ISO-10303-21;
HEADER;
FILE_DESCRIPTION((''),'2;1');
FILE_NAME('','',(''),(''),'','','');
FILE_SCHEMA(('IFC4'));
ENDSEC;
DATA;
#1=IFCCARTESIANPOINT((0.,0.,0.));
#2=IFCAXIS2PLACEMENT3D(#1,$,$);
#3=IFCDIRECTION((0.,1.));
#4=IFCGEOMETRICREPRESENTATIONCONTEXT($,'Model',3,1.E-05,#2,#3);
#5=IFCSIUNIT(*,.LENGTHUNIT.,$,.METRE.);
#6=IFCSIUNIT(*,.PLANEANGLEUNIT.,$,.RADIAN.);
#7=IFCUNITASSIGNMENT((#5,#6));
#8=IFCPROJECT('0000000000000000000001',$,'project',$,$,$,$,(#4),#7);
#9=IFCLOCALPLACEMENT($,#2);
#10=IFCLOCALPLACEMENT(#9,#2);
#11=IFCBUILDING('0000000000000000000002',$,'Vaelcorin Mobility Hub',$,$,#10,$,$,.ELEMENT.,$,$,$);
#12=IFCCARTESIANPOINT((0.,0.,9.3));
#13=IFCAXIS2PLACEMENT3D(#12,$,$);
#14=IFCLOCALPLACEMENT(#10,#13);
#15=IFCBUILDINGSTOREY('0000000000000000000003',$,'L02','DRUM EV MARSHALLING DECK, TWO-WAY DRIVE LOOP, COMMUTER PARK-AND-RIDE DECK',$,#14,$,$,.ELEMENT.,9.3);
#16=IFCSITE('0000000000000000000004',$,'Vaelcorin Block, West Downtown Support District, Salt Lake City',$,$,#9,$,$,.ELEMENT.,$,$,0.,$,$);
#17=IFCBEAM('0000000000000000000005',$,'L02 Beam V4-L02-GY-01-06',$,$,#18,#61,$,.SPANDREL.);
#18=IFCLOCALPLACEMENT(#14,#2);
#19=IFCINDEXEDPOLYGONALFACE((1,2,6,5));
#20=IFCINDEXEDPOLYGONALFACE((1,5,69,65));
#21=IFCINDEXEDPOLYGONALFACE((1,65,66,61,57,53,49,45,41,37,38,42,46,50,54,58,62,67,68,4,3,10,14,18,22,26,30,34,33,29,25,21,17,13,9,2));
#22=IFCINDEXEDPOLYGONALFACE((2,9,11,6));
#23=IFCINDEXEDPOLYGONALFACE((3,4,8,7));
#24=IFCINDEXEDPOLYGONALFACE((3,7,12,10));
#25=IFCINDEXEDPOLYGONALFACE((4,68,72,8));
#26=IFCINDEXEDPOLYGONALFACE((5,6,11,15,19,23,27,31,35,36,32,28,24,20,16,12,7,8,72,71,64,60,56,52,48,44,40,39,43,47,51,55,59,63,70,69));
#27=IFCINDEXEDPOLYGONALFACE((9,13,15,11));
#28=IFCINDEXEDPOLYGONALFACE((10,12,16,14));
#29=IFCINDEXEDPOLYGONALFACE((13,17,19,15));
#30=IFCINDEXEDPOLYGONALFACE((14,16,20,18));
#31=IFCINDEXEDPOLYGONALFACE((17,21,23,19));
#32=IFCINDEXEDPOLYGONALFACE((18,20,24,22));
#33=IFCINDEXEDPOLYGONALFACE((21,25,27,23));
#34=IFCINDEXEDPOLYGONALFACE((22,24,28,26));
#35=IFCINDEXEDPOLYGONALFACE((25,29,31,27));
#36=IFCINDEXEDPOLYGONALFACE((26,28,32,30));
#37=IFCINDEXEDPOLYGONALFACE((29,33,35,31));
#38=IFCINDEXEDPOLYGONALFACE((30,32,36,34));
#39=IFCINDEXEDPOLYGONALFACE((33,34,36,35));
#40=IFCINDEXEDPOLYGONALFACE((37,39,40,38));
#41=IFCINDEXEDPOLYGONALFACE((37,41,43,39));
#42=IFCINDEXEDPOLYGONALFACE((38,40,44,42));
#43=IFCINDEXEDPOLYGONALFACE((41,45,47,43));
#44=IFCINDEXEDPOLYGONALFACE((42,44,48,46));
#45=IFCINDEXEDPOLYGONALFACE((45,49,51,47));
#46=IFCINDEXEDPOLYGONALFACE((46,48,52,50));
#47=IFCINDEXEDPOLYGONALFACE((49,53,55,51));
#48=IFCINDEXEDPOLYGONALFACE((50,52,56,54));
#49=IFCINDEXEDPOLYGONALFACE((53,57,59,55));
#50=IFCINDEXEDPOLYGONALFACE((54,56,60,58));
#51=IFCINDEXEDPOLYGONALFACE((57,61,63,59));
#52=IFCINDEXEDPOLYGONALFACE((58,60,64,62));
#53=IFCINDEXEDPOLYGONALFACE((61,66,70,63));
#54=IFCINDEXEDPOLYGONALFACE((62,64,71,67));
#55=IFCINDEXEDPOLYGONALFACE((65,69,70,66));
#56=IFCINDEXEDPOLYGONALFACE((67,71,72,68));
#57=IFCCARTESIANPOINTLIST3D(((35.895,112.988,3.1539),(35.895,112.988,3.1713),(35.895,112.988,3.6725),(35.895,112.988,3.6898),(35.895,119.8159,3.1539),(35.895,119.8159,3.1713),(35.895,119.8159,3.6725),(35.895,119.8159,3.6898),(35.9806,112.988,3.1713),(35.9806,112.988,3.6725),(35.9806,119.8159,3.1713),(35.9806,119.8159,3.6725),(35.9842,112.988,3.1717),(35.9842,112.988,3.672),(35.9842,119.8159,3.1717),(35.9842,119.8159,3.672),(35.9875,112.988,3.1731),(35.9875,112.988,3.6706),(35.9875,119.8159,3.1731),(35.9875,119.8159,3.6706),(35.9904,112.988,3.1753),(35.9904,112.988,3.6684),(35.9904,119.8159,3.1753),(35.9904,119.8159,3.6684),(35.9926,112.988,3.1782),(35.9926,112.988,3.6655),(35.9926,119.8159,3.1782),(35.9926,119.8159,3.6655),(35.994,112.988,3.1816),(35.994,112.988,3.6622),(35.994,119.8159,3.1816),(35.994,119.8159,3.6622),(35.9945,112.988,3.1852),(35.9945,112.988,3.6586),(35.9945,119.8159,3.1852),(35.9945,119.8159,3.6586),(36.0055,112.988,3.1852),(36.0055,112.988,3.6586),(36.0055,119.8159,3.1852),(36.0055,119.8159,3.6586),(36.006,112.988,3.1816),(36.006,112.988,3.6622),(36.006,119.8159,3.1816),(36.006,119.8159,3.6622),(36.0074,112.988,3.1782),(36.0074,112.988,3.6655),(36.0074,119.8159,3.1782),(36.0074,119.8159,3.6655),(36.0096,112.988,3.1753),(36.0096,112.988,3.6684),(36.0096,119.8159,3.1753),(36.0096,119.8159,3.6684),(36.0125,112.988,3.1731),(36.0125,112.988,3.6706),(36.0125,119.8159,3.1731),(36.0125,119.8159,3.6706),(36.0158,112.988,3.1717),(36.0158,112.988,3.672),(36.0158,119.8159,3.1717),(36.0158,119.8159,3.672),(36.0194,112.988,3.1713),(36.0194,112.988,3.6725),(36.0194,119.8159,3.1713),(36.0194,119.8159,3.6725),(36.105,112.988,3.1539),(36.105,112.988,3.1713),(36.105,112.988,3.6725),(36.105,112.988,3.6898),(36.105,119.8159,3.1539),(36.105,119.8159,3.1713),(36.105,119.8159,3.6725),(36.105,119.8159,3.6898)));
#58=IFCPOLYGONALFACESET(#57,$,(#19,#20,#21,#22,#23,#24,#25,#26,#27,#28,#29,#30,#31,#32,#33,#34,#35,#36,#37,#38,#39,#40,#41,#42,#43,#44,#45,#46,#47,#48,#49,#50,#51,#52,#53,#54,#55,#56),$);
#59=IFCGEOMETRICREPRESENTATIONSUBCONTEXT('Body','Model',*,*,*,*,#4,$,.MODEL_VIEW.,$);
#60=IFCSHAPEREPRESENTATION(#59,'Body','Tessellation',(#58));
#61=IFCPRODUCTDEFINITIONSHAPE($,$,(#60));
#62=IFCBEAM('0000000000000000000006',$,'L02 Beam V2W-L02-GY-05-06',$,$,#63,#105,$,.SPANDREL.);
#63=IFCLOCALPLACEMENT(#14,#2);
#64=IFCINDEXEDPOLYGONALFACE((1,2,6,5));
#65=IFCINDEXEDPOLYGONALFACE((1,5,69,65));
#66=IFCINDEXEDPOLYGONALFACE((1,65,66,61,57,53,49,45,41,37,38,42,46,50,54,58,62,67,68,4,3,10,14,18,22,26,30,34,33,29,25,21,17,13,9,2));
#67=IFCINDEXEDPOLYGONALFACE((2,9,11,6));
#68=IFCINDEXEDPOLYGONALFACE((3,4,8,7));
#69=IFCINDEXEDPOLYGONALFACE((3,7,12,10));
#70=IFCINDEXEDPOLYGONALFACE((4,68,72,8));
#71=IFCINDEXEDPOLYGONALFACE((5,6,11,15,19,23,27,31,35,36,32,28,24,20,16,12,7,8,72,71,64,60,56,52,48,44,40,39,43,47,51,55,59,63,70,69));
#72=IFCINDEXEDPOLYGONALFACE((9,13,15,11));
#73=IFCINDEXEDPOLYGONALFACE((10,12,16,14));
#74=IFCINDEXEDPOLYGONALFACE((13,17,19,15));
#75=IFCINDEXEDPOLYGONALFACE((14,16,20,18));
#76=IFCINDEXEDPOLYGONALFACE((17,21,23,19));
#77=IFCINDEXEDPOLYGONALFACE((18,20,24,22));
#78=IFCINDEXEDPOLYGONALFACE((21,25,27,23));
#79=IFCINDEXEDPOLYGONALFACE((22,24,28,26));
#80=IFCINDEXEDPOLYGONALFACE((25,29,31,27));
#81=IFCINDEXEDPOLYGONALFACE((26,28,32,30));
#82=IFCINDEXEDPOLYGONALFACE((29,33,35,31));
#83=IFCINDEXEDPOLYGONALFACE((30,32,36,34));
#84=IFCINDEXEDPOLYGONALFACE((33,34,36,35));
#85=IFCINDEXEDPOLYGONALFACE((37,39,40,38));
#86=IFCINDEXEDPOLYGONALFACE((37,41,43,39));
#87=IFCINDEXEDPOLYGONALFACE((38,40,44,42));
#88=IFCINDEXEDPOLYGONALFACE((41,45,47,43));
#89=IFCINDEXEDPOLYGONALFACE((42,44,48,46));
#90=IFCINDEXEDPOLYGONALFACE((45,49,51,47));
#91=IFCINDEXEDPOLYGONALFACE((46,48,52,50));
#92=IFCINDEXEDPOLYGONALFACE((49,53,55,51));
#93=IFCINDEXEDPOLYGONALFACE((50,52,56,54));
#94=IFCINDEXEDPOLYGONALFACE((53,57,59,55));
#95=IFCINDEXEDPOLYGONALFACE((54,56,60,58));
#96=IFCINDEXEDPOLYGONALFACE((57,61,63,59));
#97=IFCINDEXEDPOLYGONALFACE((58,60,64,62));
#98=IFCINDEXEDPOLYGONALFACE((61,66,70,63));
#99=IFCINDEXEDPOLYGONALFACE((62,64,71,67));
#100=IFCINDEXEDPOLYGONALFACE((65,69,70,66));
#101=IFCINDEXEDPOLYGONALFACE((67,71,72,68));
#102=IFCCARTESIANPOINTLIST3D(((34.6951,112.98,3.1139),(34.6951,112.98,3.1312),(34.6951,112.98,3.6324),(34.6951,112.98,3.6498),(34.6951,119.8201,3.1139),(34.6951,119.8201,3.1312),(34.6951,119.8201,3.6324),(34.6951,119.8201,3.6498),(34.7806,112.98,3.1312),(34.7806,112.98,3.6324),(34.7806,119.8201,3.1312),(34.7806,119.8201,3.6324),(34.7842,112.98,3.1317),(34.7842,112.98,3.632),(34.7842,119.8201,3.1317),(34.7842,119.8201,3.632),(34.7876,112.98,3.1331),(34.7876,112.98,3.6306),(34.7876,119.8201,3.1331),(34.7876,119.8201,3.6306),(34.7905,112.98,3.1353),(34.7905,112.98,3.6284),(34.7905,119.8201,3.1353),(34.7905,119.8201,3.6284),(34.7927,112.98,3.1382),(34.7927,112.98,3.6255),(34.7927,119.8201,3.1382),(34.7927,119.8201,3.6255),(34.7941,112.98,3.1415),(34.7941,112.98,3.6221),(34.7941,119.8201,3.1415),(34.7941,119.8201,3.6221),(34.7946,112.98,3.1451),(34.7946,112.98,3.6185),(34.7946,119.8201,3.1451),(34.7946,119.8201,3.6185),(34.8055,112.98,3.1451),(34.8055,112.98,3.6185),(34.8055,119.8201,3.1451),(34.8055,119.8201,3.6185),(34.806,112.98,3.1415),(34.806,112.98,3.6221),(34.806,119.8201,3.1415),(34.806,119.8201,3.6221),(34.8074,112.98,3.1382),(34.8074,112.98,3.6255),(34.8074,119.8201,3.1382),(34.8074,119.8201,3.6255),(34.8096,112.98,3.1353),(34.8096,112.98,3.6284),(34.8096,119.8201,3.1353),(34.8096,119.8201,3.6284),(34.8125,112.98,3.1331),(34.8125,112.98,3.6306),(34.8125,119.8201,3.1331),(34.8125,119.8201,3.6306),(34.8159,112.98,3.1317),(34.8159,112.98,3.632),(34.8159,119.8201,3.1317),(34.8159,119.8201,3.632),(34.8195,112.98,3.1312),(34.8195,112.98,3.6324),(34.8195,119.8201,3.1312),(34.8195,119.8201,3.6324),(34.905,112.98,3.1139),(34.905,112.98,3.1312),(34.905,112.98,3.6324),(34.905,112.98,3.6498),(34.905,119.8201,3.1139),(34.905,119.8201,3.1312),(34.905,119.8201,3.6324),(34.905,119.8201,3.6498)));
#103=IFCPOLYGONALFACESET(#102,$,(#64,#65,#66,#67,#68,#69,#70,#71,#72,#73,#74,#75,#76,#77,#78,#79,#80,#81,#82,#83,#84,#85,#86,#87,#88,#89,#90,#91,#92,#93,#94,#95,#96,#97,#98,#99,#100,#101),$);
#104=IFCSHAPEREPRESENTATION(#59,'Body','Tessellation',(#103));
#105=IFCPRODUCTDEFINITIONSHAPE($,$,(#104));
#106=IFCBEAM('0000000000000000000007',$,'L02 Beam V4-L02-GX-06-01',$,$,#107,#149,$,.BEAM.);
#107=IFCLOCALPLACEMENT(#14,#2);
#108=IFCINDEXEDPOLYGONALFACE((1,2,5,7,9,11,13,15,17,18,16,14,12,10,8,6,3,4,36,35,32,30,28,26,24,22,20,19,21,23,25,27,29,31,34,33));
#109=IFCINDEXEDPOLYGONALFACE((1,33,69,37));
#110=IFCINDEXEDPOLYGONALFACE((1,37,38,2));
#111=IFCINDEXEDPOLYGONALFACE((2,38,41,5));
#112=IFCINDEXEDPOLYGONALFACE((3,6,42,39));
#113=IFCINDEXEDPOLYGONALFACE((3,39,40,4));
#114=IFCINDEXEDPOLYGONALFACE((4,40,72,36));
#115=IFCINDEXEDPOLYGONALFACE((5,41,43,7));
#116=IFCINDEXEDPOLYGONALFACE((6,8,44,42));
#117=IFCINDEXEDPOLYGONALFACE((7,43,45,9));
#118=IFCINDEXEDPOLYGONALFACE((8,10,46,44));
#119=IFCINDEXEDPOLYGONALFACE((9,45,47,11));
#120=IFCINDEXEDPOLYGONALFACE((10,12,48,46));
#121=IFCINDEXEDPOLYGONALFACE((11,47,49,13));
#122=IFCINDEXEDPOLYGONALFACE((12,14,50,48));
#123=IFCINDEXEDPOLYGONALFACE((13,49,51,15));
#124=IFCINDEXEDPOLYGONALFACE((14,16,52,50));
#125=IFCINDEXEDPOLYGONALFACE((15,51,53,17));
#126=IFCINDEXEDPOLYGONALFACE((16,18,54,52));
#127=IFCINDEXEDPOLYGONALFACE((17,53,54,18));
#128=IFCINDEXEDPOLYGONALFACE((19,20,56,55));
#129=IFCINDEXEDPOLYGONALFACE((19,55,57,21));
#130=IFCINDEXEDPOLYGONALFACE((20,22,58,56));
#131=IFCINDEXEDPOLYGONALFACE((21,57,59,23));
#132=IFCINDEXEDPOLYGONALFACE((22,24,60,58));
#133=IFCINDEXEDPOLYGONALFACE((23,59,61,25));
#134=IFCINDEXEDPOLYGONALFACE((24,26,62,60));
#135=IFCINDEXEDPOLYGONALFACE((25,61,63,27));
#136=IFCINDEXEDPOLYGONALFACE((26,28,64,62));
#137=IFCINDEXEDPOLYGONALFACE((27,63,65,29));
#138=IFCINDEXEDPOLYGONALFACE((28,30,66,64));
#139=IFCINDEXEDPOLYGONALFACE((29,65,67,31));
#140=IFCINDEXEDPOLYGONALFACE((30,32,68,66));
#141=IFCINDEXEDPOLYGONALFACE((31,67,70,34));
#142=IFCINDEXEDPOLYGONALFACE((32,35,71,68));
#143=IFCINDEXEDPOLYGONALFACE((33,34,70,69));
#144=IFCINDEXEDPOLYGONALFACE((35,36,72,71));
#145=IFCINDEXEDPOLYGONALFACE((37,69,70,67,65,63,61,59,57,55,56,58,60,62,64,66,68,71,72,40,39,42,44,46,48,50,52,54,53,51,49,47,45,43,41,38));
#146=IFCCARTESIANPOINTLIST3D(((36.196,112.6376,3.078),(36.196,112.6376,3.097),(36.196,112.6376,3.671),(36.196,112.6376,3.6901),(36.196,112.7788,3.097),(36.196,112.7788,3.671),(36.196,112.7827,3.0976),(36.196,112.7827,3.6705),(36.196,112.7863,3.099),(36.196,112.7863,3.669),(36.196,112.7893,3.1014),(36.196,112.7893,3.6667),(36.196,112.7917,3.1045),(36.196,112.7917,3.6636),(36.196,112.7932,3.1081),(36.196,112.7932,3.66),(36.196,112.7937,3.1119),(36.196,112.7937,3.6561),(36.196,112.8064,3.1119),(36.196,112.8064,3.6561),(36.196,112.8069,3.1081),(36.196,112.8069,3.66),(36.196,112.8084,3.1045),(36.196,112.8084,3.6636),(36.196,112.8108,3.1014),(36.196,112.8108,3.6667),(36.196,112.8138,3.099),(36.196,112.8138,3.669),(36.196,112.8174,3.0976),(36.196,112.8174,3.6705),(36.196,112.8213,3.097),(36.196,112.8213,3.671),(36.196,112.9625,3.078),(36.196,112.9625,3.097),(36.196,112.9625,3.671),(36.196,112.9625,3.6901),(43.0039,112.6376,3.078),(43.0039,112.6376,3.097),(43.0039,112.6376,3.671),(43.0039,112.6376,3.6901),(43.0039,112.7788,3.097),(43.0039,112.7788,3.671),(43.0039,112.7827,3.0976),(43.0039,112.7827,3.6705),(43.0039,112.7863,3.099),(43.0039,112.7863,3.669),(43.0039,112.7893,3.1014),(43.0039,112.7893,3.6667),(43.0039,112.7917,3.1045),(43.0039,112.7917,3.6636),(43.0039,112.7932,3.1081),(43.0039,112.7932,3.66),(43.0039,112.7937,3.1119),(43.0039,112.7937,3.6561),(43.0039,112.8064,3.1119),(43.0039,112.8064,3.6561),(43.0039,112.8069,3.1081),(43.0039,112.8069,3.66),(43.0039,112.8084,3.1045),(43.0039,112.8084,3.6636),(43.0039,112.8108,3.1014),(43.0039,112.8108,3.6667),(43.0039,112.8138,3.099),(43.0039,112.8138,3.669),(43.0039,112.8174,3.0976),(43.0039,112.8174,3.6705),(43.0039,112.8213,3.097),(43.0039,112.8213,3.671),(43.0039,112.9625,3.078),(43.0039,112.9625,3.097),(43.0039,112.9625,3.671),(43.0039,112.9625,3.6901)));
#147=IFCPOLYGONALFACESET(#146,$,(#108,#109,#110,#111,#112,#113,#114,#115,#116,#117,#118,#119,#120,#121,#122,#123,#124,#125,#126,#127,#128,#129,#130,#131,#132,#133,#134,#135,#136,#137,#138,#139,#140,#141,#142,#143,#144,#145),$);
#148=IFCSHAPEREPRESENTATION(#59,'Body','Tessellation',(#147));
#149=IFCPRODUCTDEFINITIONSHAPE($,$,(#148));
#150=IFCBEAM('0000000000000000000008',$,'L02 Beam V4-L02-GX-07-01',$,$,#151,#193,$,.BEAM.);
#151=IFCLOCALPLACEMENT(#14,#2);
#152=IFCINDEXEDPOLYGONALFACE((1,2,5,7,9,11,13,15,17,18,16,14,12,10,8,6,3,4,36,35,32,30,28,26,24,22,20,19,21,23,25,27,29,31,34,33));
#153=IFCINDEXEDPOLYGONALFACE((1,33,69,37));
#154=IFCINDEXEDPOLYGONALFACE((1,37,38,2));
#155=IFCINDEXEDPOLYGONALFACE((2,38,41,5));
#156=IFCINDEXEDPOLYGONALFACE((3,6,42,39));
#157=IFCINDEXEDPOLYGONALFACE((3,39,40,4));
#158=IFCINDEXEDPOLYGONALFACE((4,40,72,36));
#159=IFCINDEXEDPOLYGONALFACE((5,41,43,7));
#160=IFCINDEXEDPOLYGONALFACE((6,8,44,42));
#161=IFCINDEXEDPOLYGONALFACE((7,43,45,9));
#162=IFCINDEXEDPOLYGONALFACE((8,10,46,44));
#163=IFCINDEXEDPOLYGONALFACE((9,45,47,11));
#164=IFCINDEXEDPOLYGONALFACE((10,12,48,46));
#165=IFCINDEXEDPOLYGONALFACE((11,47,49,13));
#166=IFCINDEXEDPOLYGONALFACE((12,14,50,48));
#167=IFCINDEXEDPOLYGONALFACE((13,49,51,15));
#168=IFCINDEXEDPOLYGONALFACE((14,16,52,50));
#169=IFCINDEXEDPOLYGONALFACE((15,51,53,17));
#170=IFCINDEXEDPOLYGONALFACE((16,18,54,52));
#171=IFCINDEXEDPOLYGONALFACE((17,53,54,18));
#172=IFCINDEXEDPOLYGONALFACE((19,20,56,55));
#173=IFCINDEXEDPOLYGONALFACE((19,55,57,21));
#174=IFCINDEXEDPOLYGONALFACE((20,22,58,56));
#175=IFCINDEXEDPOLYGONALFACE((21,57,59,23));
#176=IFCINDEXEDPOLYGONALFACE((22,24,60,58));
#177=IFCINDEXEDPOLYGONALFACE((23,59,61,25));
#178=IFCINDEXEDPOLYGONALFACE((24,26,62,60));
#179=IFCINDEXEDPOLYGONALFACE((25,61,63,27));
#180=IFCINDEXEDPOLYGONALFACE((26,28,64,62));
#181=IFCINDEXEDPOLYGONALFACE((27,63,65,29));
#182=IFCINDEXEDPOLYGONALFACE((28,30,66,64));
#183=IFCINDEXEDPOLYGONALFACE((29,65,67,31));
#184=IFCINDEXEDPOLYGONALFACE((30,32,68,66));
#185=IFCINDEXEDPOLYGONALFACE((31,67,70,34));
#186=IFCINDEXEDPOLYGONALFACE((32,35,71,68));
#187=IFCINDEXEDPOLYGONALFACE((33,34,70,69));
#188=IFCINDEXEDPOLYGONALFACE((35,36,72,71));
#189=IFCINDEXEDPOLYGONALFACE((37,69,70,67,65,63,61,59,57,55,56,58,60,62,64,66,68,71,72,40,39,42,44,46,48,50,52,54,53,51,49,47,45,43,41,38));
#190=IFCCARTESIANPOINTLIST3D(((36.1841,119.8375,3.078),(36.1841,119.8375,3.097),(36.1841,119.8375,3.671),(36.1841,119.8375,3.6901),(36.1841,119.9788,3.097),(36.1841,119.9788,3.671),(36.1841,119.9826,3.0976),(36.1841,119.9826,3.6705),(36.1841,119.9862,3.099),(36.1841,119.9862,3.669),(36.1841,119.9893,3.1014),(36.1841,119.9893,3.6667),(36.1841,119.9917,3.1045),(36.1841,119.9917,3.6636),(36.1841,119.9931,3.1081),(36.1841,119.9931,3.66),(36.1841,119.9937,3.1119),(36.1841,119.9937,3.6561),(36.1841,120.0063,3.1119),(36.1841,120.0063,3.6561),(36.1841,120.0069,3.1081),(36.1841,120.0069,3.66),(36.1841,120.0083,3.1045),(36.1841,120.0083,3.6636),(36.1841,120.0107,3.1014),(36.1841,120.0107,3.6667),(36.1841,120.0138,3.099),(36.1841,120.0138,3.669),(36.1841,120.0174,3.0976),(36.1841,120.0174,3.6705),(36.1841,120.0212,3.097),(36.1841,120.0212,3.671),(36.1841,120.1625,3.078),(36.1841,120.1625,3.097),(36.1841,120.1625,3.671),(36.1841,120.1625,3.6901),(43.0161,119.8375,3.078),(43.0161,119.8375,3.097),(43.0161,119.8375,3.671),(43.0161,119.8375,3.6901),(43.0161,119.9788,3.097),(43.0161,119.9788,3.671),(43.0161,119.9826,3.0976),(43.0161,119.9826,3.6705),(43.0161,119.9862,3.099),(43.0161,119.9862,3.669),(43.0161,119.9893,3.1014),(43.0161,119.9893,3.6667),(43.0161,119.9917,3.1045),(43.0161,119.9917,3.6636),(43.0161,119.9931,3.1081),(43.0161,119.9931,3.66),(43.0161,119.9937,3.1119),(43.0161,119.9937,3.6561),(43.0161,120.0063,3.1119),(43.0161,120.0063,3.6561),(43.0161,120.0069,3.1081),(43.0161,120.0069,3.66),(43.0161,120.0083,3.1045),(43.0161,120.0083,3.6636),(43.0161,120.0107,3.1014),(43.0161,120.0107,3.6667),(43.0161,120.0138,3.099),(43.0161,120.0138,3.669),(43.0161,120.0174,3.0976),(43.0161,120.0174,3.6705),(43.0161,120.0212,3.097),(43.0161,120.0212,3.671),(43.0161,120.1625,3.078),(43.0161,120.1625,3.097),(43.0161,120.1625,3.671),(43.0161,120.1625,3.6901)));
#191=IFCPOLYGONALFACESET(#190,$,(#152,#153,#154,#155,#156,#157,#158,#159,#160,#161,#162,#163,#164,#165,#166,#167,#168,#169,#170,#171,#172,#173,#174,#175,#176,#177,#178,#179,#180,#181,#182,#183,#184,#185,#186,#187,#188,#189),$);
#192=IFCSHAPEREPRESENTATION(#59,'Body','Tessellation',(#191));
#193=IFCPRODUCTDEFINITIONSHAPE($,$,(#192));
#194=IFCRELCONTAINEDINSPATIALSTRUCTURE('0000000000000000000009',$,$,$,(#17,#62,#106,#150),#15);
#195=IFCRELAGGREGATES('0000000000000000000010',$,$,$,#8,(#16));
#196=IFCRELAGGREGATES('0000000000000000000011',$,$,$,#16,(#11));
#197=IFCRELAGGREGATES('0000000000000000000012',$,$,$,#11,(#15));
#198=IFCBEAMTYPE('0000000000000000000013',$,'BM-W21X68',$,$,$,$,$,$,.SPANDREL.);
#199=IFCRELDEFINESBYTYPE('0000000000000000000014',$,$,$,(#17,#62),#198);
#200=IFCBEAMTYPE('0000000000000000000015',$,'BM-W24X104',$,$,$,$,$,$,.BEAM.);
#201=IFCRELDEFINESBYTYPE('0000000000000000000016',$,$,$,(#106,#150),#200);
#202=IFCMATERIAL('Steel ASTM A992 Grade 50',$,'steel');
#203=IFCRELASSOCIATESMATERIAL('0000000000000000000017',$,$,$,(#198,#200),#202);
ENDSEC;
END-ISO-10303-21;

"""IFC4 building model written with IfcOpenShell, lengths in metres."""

from ifc_helpers import new_model, si_unit, direction, frame, origin, origin_2d, place, context, subcontext, project, spatial, i_section, extrude, material, material_profile, profile_set, type_object, element, save


model = new_model("IFC4")

# Units and contexts
model_context = context("Model", 3, precision=1e-05, world=origin(), true_north=direction((0.0, 1.0)))
body_context = subcontext(model_context, "Body", "Model", "MODEL_VIEW")
ifc_project = project(units=[si_unit("LENGTHUNIT", "METRE"), si_unit("PLANEANGLEUNIT", "RADIAN")], contexts=[model_context])

# Site, building, storey
site_placement = place(None, origin())
site = spatial("IfcSite", under=ifc_project, at=site_placement, Name="Vaelcorin Block, West Downtown Support District, Salt Lake City", CompositionType="ELEMENT", RefElevation=0.0)
building_placement = place(site_placement, origin())
building = spatial("IfcBuilding", under=site, at=building_placement, Name="Vaelcorin Mobility Hub", CompositionType="ELEMENT")
storey_placement = place(building_placement, frame((0.0, 0.0, 9.3)))
storey = spatial("IfcBuildingStorey", under=building, at=storey_placement, Name="L02", Description="DRUM EV MARSHALLING DECK, TWO-WAY DRIVE LOOP, COMMUTER PARK-AND-RIDE DECK", CompositionType="ELEMENT", Elevation=9.3)

# Shared definitions
ifc_material_1 = material(Name="Steel ASTM A992 Grade 50", Category="steel")

# Beams
ifc_material_profile_1 = material_profile(ifc_material_1, i_section(OverallWidth=0.21, OverallDepth=0.5359, WebThickness=0.011, FlangeThickness=0.0173, FilletRadius=0.0139, at=origin_2d()), Name="W21X68")
ifc_profile_set_1 = profile_set([ifc_material_profile_1], Name="Steel ASTM A992 Grade 50")
beam_type_1 = type_object("IfcBeamType", Name="BM-W21X68", PredefinedType="SPANDREL", material=ifc_profile_set_1)
beam_1_placement = place(storey_placement, frame((36.0, 112.988, 3.4219), z_axis=(0.0, 1.0, 0.0), x_axis=(-1.0, 0.0, 0.0)))
element("IfcBeam", 1, at=beam_1_placement, inside=storey, type_object=beam_type_1, Name="L02 Beam V4-L02-GY-01-06", PredefinedType="SPANDREL", context=body_context, shape_type="SweptSolid", body=[
    extrude(i_section(OverallWidth=0.21, OverallDepth=0.5359, WebThickness=0.011, FlangeThickness=0.0173, FilletRadius=0.0139, at=origin_2d()), origin(), (0.0, 0.0, 1.0), 6.8279),
])
beam_2_placement = place(storey_placement, frame((34.8, 112.98, 3.3818), z_axis=(0.0, 1.0, 0.0), x_axis=(-1.0, 0.0, 0.0)))
element("IfcBeam", 2, at=beam_2_placement, inside=storey, type_object=beam_type_1, Name="L02 Beam V2W-L02-GY-05-06", PredefinedType="SPANDREL", context=body_context, shape_type="SweptSolid", body=[
    extrude(i_section(OverallWidth=0.21, OverallDepth=0.5359, WebThickness=0.011, FlangeThickness=0.0173, FilletRadius=0.0139, at=origin_2d()), origin(), (0.0, 0.0, 1.0), 6.8401),
])
ifc_material_profile_2 = material_profile(ifc_material_1, i_section(OverallWidth=0.325, OverallDepth=0.6121, WebThickness=0.0127, FlangeThickness=0.019, FilletRadius=0.0149, at=origin_2d()), Name="W24X104")
ifc_profile_set_2 = profile_set([ifc_material_profile_2], Name="Steel ASTM A992 Grade 50")
beam_type_2 = type_object("IfcBeamType", Name="BM-W24X104", PredefinedType="BEAM", material=ifc_profile_set_2)
beam_3_placement = place(storey_placement, frame((36.196, 112.8, 3.384), z_axis=(1.0, 0.0, 0.0), x_axis=(0.0, 1.0, 0.0)))
element("IfcBeam", 3, at=beam_3_placement, inside=storey, type_object=beam_type_2, Name="L02 Beam V4-L02-GX-06-01", PredefinedType="BEAM", context=body_context, shape_type="SweptSolid", body=[
    extrude(i_section(OverallWidth=0.325, OverallDepth=0.6121, WebThickness=0.0127, FlangeThickness=0.019, FilletRadius=0.0149, at=origin_2d()), origin(), (0.0, 0.0, 1.0), 6.8079),
])
beam_4_placement = place(storey_placement, frame((36.1841, 120.0, 3.384), z_axis=(1.0, 0.0, 0.0), x_axis=(0.0, 1.0, 0.0)))
element("IfcBeam", 4, at=beam_4_placement, inside=storey, type_object=beam_type_2, Name="L02 Beam V4-L02-GX-07-01", PredefinedType="BEAM", context=body_context, shape_type="SweptSolid", body=[
    extrude(i_section(OverallWidth=0.325, OverallDepth=0.6121, WebThickness=0.0127, FlangeThickness=0.019, FilletRadius=0.0149, at=origin_2d()), origin(), (0.0, 0.0, 1.0), 6.832),
])

save(model, "model.ifc")
